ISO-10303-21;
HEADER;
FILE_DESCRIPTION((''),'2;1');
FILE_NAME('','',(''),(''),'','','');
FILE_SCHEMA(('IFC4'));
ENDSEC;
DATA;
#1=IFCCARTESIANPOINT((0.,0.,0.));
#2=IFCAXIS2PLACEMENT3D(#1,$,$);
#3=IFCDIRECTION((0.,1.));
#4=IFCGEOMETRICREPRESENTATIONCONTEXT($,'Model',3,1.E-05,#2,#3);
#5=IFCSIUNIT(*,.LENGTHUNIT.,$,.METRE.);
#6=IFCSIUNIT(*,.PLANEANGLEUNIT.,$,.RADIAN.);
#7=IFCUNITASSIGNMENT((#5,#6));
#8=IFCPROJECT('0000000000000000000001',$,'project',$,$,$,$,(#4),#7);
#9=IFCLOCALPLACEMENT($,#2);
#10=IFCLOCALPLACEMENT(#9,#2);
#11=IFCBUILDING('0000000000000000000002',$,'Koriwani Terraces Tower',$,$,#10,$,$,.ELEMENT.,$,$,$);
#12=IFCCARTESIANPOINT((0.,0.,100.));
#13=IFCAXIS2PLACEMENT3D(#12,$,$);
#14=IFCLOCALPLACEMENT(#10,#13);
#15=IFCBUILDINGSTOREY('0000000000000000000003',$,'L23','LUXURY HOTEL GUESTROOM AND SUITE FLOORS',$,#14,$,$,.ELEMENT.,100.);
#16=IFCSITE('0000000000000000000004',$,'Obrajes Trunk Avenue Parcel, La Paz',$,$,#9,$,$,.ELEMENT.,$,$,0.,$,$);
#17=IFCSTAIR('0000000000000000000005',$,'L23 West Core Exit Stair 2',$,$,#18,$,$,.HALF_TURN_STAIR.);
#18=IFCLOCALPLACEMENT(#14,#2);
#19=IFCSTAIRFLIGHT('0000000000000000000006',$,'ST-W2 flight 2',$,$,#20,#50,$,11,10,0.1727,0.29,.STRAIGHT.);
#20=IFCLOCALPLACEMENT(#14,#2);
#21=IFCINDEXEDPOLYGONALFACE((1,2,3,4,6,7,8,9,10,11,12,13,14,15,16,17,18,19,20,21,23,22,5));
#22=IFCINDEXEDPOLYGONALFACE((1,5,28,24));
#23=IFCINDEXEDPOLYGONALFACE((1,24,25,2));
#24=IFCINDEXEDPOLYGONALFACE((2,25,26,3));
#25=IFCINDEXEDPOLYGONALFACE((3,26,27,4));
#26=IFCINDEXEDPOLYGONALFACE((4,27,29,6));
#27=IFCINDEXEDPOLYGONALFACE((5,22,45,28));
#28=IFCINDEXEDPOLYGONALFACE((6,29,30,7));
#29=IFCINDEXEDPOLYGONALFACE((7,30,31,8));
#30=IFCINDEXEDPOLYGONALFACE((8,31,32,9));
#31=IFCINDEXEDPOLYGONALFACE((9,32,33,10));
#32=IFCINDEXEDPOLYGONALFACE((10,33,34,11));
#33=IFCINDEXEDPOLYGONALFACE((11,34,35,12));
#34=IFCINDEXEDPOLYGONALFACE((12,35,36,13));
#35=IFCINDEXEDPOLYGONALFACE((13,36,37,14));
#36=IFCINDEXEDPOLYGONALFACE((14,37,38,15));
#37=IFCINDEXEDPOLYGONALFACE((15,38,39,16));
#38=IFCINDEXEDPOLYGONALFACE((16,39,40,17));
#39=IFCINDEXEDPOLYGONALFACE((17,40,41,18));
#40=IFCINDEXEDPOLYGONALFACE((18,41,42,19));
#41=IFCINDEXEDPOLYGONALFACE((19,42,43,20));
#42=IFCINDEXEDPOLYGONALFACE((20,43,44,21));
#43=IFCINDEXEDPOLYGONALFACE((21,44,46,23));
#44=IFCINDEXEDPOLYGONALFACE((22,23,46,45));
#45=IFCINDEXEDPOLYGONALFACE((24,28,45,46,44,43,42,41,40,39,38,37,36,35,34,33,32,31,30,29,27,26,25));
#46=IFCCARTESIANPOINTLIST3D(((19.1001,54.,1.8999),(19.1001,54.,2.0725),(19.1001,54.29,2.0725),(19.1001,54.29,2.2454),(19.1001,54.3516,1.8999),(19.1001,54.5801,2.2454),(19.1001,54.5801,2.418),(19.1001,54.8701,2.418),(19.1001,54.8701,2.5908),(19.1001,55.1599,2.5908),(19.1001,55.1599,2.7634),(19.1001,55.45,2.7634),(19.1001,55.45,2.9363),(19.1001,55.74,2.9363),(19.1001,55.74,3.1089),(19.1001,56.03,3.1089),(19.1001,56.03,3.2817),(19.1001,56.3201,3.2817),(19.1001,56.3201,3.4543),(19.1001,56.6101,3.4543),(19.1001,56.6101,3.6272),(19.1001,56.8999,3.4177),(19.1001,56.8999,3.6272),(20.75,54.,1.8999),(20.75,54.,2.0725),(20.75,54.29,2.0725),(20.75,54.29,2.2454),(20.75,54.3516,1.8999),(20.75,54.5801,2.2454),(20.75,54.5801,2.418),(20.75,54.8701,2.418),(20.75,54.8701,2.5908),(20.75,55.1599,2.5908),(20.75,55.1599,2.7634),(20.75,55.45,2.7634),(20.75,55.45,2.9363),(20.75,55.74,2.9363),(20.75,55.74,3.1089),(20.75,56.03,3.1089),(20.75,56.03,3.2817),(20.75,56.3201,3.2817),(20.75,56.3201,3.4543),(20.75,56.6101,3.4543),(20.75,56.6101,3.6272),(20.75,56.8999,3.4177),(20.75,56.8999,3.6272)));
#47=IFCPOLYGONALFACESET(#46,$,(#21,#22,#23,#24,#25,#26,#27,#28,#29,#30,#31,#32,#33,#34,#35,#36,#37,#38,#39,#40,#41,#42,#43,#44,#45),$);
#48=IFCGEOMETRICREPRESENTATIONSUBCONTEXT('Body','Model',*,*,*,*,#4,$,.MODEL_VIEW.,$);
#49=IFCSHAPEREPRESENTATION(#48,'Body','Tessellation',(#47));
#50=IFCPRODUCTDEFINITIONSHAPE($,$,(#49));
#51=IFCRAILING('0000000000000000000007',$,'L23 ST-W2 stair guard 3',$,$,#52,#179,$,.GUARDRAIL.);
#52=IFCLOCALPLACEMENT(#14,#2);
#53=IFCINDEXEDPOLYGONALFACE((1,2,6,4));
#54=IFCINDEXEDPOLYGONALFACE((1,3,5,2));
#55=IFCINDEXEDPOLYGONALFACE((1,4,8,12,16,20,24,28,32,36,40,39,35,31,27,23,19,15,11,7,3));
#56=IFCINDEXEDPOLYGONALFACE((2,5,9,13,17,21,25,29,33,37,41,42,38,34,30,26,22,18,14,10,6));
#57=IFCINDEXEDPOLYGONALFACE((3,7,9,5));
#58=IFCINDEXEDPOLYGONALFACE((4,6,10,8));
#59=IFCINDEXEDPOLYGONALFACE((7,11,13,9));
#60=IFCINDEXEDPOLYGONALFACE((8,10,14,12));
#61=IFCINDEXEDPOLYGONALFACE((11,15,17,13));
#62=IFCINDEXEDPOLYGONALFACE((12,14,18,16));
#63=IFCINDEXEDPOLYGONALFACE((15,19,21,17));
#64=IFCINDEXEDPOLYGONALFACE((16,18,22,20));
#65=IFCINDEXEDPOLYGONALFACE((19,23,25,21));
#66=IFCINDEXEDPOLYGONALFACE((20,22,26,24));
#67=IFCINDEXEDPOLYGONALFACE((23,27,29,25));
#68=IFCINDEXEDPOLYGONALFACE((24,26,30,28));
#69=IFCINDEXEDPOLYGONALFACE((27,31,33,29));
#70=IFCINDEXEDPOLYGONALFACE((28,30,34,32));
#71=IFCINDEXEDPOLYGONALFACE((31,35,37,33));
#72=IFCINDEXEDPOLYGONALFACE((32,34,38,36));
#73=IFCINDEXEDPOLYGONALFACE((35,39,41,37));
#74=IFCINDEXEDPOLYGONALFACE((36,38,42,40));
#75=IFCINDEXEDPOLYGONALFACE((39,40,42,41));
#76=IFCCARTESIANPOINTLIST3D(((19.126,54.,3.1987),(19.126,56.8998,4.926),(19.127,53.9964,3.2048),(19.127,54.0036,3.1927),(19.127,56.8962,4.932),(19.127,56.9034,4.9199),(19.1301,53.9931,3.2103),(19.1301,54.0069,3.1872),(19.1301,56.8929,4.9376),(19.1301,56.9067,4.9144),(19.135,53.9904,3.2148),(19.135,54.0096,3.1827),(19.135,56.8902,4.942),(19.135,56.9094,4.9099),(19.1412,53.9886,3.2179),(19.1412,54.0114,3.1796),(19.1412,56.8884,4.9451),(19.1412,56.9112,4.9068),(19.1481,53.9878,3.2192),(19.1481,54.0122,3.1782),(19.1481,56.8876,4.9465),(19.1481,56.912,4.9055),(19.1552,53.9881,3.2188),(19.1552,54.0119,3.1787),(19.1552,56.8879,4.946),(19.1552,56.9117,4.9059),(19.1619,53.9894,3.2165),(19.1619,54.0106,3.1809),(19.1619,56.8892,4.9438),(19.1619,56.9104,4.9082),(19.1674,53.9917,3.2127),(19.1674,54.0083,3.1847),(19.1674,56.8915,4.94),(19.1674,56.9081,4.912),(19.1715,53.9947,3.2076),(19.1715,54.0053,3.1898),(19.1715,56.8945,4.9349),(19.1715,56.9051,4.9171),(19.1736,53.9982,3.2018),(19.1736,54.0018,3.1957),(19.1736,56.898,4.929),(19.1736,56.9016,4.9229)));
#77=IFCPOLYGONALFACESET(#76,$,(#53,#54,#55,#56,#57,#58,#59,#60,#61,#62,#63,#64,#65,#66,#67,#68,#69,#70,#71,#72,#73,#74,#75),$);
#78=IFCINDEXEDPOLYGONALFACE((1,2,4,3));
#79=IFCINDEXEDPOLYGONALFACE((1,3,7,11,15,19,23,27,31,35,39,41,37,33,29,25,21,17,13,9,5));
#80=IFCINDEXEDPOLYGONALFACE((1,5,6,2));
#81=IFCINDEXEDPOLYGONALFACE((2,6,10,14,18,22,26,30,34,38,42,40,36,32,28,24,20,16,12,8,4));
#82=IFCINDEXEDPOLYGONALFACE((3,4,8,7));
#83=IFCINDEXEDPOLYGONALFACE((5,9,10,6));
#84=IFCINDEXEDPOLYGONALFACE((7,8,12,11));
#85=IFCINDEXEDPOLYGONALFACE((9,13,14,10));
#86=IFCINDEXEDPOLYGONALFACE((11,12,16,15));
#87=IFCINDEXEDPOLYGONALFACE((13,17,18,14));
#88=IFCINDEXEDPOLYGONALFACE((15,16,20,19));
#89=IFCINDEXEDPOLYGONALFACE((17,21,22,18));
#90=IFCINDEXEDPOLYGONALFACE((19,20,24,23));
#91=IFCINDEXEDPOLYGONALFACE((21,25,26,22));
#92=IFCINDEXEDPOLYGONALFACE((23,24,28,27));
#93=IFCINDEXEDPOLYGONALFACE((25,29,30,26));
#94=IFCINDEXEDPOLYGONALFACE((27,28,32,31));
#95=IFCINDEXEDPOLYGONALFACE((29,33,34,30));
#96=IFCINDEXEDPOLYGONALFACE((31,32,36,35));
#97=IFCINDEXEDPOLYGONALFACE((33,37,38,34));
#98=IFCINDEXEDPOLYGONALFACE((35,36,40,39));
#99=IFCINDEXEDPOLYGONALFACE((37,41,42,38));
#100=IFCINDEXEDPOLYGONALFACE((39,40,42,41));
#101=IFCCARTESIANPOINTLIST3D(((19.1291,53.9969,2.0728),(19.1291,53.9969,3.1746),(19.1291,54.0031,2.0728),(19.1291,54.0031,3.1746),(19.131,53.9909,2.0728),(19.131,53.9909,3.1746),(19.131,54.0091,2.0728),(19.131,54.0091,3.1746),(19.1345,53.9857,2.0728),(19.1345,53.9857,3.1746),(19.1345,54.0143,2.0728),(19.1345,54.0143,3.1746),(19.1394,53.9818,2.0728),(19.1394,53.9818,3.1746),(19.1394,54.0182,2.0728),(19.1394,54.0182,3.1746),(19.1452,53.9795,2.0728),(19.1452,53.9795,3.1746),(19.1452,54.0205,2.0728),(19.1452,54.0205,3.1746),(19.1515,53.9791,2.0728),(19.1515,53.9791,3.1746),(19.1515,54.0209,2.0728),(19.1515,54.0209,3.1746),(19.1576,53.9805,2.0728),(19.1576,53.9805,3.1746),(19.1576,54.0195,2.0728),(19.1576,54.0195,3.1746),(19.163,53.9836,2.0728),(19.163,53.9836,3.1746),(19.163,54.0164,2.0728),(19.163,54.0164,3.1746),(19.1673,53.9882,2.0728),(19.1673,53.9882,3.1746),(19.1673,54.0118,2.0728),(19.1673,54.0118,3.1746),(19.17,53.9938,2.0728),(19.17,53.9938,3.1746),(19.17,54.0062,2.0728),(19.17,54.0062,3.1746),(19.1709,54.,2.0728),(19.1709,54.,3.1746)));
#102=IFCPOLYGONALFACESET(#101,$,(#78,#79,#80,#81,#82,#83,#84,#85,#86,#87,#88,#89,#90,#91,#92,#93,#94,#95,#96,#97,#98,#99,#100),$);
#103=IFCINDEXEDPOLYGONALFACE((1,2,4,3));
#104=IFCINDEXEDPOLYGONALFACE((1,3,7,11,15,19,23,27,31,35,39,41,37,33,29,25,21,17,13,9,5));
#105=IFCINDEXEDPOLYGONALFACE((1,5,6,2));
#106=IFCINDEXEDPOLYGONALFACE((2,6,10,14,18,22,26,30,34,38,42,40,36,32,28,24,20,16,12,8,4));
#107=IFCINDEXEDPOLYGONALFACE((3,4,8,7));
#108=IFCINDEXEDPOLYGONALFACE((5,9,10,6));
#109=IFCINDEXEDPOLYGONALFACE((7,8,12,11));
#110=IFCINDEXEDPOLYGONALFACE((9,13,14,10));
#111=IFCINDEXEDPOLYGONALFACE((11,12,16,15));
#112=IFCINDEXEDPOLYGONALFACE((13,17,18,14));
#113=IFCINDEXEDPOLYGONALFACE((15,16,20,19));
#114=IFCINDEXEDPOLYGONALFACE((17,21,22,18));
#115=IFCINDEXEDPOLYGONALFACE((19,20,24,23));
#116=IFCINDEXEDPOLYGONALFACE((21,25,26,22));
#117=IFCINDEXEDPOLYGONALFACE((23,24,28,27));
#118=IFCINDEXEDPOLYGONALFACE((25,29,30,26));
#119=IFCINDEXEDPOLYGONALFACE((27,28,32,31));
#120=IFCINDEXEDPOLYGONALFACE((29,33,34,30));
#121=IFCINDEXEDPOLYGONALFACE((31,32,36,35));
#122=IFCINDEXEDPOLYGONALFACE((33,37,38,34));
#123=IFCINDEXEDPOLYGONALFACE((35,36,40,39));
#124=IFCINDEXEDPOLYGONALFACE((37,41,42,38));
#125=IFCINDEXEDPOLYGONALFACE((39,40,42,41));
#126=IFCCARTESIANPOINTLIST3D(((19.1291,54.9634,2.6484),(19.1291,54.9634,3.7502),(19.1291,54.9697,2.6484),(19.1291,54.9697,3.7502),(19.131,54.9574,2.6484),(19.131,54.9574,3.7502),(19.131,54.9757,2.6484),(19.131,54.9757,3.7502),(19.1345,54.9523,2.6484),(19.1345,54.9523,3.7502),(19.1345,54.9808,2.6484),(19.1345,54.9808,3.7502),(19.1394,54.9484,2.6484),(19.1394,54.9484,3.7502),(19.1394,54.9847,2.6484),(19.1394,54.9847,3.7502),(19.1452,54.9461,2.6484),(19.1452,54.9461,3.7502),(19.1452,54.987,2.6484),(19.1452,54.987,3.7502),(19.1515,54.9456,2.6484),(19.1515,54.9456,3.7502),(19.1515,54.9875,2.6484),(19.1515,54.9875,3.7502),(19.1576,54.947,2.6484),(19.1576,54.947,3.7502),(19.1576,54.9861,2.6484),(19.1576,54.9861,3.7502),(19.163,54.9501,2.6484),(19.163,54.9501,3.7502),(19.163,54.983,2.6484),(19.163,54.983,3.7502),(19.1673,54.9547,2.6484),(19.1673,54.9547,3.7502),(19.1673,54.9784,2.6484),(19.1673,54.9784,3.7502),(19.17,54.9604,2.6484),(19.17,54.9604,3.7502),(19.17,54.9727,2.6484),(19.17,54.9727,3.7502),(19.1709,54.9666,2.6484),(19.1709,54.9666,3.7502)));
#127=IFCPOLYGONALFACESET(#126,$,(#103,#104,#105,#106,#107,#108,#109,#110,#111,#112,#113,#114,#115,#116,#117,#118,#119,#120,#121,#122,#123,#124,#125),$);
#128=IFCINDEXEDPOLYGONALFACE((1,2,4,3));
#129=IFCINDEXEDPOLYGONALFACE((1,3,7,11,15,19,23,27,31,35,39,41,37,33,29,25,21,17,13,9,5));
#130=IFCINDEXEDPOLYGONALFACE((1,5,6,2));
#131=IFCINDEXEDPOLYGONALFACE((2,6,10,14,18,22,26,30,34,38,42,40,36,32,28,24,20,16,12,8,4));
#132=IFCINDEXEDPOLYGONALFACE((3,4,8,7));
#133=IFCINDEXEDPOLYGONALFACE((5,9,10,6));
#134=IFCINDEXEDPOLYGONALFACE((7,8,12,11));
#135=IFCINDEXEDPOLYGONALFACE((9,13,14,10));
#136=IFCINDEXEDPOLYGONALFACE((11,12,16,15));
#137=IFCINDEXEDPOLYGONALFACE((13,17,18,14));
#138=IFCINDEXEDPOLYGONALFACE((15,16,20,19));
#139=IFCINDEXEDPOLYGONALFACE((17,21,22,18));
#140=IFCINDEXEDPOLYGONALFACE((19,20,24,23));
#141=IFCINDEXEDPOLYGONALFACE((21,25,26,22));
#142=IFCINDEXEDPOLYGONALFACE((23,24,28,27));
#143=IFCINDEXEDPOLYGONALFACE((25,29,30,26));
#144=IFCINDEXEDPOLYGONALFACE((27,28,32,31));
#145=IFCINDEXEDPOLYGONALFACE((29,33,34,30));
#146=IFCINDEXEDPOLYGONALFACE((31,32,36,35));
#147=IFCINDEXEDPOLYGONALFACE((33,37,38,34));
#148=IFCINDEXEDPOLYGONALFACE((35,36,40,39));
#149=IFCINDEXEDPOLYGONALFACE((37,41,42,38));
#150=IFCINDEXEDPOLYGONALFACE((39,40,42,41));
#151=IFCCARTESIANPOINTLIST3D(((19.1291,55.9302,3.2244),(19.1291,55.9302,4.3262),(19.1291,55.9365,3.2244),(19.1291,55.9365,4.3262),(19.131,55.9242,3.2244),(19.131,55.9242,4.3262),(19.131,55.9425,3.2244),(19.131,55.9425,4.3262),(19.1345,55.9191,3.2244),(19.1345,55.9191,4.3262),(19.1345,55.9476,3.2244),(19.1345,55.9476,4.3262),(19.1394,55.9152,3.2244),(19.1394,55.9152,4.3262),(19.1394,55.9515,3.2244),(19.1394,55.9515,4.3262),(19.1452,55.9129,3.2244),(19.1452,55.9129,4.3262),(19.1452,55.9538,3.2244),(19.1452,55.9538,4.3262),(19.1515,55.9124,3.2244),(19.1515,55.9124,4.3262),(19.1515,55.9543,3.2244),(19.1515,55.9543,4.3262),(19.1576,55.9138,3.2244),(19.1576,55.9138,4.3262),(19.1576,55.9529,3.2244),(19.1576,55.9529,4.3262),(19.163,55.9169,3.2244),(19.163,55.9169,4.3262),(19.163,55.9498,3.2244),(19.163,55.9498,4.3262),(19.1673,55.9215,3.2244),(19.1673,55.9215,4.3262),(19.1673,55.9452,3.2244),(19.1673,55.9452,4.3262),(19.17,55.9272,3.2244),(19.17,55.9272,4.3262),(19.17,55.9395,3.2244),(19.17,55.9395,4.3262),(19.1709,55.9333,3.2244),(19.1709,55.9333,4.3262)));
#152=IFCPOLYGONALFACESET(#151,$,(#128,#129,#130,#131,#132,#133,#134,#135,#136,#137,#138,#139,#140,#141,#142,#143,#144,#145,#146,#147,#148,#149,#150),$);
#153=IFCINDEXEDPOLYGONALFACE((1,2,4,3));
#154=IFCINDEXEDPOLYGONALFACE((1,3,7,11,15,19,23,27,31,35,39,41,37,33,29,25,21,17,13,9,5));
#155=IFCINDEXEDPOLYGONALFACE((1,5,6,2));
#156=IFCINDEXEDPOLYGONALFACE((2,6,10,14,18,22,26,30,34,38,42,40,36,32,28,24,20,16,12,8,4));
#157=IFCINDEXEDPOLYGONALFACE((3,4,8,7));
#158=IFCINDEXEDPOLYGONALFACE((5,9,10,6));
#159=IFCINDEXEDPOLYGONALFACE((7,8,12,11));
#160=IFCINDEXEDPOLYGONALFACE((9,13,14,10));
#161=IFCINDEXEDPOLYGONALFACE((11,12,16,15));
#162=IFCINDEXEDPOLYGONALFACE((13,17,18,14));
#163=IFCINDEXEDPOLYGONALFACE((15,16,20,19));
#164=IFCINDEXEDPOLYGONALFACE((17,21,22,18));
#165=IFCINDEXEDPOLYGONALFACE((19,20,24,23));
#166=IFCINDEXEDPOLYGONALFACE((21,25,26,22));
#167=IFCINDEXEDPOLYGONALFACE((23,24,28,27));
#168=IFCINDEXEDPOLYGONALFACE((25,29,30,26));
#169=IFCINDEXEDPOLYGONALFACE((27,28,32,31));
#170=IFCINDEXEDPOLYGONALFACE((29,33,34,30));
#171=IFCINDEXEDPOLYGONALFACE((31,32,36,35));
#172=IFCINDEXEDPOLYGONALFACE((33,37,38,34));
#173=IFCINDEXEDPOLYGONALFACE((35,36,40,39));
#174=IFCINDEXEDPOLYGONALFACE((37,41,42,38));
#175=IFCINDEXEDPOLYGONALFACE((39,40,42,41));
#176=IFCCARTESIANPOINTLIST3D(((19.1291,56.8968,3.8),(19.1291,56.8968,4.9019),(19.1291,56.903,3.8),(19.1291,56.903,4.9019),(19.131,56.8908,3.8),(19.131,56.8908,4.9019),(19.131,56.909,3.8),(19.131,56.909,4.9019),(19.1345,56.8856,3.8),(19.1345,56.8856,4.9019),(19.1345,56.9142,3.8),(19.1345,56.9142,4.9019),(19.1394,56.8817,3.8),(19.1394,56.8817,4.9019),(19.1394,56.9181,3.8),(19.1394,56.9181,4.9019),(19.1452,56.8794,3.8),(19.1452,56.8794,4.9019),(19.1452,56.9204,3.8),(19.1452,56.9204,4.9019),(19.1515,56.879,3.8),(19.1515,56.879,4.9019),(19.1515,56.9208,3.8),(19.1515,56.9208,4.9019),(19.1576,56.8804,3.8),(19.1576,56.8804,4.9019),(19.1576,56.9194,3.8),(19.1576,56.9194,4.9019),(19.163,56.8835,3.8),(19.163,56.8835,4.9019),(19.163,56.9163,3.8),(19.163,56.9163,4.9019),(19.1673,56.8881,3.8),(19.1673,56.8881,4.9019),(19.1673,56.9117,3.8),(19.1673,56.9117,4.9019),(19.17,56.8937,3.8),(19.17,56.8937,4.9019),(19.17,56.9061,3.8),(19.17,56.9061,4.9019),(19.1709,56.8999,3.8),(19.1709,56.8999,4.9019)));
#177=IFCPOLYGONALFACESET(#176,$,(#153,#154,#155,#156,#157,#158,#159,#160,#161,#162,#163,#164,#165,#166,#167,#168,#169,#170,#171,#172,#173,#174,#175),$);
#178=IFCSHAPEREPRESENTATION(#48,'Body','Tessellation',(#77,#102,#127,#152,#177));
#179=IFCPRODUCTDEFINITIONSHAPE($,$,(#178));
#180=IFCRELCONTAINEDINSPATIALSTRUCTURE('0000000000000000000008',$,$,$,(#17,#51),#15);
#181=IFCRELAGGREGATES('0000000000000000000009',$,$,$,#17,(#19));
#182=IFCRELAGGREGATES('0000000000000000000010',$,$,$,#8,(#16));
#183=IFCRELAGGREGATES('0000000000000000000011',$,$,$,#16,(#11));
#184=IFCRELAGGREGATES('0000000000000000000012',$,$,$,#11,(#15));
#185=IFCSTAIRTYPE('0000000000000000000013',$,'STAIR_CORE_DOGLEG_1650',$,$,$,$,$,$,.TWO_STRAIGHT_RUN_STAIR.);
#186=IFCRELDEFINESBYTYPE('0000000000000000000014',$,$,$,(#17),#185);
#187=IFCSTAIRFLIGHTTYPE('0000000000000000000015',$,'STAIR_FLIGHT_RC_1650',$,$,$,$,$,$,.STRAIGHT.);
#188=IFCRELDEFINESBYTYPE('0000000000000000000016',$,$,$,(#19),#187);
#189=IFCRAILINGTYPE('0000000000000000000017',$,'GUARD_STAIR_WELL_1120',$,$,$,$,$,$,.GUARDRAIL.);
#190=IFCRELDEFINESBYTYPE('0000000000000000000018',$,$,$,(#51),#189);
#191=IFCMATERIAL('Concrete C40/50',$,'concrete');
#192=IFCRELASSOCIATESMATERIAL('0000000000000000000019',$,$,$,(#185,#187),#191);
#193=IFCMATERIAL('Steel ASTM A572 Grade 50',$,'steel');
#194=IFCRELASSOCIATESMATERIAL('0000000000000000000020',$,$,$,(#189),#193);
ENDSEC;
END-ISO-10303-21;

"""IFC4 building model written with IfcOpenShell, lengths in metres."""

from ifc_helpers import new_model, si_unit, direction, frame, origin, origin_2d, place, context, subcontext, project, spatial, polyline, circle, outline, extrude, material, type_object, element, aggregate, save


model = new_model("IFC4")

# Units and contexts
model_context = context("Model", 3, precision=1e-05, world=origin(), true_north=direction((0.0, 1.0)))
body_context = subcontext(model_context, "Body", "Model", "MODEL_VIEW")
ifc_project = project(units=[si_unit("LENGTHUNIT", "METRE"), si_unit("PLANEANGLEUNIT", "RADIAN")], contexts=[model_context])

# Site, building, storey
site_placement = place(None, origin())
site = spatial("IfcSite", under=ifc_project, at=site_placement, Name="Obrajes Trunk Avenue Parcel, La Paz", CompositionType="ELEMENT", RefElevation=0.0)
building_placement = place(site_placement, origin())
building = spatial("IfcBuilding", under=site, at=building_placement, Name="Koriwani Terraces Tower", CompositionType="ELEMENT")
storey_placement = place(building_placement, frame((0.0, 0.0, 100.0)))
storey = spatial("IfcBuildingStorey", under=building, at=storey_placement, Name="L23", Description="LUXURY HOTEL GUESTROOM AND SUITE FLOORS", CompositionType="ELEMENT", Elevation=100.0)

# Shared definitions
ifc_material_1 = material(Name="Concrete C40/50", Category="concrete")

# Shared definitions
ifc_material_2 = material(Name="Steel ASTM A572 Grade 50", Category="steel")

# Stair, stair flight
stair_type = type_object("IfcStairType", Name="STAIR_CORE_DOGLEG_1650", PredefinedType="TWO_STRAIGHT_RUN_STAIR", material=ifc_material_1)
stair_placement = place(storey_placement, origin())
stair = element("IfcStair", 1, at=stair_placement, inside=storey, type_object=stair_type, Name="L23 West Core Exit Stair 2", PredefinedType="HALF_TURN_STAIR")
stair_flight_type = type_object("IfcStairFlightType", Name="STAIR_FLIGHT_RC_1650", PredefinedType="STRAIGHT", material=ifc_material_1)
stair_flight_placement = place(storey_placement, frame((19.925, 54.0, 1.8999), z_axis=(0.0, 0.0, 1.0), x_axis=(0.0, 1.0, 0.0)))
stair_flight = element("IfcStairFlight", 2, at=stair_flight_placement, type_object=stair_flight_type, Name="ST-W2 flight 2", NumberOfRisers=11, NumberOfTreads=10, PredefinedType="STRAIGHT", RiserHeight=0.1727, TreadLength=0.29, context=body_context, shape_type="SweptSolid", body=[
    extrude(outline(polyline([(0.0, 0.0), (0.0, 0.1726), (0.29, 0.1726), (0.29, 0.3455), (0.5801, 0.3455), (0.5801, 0.5181), (0.8701, 0.5181), (0.8701, 0.6909), (1.1599, 0.6909), (1.1599, 0.8635), (1.45, 0.8635), (1.45, 1.0364), (1.74, 1.0364), (1.74, 1.209), (2.03, 1.209), (2.03, 1.3818), (2.3201, 1.3818), (2.3201, 1.5544), (2.6101, 1.5544), (2.6101, 1.7273), (2.8999, 1.7273), (2.8999, 1.8999), (2.8999, 1.5178), (0.3516, 0.0), (0.0, 0.0)])), frame((0.0, 0.825, 0.0), z_axis=(0.0, -1.0, 0.0), x_axis=(1.0, 0.0, 0.0)), (0.0, 0.0, 1.0), 1.6499),
])
aggregate(stair, [stair_flight])

# Railing
railing_type_1 = type_object("IfcRailingType", Name="GUARD_STAIR_WELL_1120", PredefinedType="GUARDRAIL", material=ifc_material_2)
railing_1_placement = place(storey_placement, frame((19.1499, 54.0, 2.0728)))
element("IfcRailing", 3, at=railing_1_placement, inside=storey, type_object=railing_type_1, Name="L23 ST-W2 stair guard 3", PredefinedType="GUARDRAIL", context=body_context, shape_type="SweptSolid", body=[
    extrude(circle(Radius=0.0239, at=origin_2d()), frame((0.0, 0.0, 1.126), z_axis=(0.0, 0.859141, 0.511738), x_axis=(-1.0, 0.0, 0.0)), (0.0, 0.0, 1.0), 3.3752),
    extrude(circle(Radius=0.021, at=origin_2d()), origin(), (0.0, 0.0, 1.0), 1.1018),
    extrude(circle(Radius=0.021, at=origin_2d()), frame((0.0, 0.9666, 0.5757)), (0.0, 0.0, 1.0), 1.1018),
    extrude(circle(Radius=0.021, at=origin_2d()), frame((0.0, 1.9333, 1.1516)), (0.0, 0.0, 1.0), 1.1018),
    extrude(circle(Radius=0.021, at=origin_2d()), frame((0.0, 2.8999, 1.7273)), (0.0, 0.0, 1.0), 1.1018),
])

save(model, "model.ifc")
